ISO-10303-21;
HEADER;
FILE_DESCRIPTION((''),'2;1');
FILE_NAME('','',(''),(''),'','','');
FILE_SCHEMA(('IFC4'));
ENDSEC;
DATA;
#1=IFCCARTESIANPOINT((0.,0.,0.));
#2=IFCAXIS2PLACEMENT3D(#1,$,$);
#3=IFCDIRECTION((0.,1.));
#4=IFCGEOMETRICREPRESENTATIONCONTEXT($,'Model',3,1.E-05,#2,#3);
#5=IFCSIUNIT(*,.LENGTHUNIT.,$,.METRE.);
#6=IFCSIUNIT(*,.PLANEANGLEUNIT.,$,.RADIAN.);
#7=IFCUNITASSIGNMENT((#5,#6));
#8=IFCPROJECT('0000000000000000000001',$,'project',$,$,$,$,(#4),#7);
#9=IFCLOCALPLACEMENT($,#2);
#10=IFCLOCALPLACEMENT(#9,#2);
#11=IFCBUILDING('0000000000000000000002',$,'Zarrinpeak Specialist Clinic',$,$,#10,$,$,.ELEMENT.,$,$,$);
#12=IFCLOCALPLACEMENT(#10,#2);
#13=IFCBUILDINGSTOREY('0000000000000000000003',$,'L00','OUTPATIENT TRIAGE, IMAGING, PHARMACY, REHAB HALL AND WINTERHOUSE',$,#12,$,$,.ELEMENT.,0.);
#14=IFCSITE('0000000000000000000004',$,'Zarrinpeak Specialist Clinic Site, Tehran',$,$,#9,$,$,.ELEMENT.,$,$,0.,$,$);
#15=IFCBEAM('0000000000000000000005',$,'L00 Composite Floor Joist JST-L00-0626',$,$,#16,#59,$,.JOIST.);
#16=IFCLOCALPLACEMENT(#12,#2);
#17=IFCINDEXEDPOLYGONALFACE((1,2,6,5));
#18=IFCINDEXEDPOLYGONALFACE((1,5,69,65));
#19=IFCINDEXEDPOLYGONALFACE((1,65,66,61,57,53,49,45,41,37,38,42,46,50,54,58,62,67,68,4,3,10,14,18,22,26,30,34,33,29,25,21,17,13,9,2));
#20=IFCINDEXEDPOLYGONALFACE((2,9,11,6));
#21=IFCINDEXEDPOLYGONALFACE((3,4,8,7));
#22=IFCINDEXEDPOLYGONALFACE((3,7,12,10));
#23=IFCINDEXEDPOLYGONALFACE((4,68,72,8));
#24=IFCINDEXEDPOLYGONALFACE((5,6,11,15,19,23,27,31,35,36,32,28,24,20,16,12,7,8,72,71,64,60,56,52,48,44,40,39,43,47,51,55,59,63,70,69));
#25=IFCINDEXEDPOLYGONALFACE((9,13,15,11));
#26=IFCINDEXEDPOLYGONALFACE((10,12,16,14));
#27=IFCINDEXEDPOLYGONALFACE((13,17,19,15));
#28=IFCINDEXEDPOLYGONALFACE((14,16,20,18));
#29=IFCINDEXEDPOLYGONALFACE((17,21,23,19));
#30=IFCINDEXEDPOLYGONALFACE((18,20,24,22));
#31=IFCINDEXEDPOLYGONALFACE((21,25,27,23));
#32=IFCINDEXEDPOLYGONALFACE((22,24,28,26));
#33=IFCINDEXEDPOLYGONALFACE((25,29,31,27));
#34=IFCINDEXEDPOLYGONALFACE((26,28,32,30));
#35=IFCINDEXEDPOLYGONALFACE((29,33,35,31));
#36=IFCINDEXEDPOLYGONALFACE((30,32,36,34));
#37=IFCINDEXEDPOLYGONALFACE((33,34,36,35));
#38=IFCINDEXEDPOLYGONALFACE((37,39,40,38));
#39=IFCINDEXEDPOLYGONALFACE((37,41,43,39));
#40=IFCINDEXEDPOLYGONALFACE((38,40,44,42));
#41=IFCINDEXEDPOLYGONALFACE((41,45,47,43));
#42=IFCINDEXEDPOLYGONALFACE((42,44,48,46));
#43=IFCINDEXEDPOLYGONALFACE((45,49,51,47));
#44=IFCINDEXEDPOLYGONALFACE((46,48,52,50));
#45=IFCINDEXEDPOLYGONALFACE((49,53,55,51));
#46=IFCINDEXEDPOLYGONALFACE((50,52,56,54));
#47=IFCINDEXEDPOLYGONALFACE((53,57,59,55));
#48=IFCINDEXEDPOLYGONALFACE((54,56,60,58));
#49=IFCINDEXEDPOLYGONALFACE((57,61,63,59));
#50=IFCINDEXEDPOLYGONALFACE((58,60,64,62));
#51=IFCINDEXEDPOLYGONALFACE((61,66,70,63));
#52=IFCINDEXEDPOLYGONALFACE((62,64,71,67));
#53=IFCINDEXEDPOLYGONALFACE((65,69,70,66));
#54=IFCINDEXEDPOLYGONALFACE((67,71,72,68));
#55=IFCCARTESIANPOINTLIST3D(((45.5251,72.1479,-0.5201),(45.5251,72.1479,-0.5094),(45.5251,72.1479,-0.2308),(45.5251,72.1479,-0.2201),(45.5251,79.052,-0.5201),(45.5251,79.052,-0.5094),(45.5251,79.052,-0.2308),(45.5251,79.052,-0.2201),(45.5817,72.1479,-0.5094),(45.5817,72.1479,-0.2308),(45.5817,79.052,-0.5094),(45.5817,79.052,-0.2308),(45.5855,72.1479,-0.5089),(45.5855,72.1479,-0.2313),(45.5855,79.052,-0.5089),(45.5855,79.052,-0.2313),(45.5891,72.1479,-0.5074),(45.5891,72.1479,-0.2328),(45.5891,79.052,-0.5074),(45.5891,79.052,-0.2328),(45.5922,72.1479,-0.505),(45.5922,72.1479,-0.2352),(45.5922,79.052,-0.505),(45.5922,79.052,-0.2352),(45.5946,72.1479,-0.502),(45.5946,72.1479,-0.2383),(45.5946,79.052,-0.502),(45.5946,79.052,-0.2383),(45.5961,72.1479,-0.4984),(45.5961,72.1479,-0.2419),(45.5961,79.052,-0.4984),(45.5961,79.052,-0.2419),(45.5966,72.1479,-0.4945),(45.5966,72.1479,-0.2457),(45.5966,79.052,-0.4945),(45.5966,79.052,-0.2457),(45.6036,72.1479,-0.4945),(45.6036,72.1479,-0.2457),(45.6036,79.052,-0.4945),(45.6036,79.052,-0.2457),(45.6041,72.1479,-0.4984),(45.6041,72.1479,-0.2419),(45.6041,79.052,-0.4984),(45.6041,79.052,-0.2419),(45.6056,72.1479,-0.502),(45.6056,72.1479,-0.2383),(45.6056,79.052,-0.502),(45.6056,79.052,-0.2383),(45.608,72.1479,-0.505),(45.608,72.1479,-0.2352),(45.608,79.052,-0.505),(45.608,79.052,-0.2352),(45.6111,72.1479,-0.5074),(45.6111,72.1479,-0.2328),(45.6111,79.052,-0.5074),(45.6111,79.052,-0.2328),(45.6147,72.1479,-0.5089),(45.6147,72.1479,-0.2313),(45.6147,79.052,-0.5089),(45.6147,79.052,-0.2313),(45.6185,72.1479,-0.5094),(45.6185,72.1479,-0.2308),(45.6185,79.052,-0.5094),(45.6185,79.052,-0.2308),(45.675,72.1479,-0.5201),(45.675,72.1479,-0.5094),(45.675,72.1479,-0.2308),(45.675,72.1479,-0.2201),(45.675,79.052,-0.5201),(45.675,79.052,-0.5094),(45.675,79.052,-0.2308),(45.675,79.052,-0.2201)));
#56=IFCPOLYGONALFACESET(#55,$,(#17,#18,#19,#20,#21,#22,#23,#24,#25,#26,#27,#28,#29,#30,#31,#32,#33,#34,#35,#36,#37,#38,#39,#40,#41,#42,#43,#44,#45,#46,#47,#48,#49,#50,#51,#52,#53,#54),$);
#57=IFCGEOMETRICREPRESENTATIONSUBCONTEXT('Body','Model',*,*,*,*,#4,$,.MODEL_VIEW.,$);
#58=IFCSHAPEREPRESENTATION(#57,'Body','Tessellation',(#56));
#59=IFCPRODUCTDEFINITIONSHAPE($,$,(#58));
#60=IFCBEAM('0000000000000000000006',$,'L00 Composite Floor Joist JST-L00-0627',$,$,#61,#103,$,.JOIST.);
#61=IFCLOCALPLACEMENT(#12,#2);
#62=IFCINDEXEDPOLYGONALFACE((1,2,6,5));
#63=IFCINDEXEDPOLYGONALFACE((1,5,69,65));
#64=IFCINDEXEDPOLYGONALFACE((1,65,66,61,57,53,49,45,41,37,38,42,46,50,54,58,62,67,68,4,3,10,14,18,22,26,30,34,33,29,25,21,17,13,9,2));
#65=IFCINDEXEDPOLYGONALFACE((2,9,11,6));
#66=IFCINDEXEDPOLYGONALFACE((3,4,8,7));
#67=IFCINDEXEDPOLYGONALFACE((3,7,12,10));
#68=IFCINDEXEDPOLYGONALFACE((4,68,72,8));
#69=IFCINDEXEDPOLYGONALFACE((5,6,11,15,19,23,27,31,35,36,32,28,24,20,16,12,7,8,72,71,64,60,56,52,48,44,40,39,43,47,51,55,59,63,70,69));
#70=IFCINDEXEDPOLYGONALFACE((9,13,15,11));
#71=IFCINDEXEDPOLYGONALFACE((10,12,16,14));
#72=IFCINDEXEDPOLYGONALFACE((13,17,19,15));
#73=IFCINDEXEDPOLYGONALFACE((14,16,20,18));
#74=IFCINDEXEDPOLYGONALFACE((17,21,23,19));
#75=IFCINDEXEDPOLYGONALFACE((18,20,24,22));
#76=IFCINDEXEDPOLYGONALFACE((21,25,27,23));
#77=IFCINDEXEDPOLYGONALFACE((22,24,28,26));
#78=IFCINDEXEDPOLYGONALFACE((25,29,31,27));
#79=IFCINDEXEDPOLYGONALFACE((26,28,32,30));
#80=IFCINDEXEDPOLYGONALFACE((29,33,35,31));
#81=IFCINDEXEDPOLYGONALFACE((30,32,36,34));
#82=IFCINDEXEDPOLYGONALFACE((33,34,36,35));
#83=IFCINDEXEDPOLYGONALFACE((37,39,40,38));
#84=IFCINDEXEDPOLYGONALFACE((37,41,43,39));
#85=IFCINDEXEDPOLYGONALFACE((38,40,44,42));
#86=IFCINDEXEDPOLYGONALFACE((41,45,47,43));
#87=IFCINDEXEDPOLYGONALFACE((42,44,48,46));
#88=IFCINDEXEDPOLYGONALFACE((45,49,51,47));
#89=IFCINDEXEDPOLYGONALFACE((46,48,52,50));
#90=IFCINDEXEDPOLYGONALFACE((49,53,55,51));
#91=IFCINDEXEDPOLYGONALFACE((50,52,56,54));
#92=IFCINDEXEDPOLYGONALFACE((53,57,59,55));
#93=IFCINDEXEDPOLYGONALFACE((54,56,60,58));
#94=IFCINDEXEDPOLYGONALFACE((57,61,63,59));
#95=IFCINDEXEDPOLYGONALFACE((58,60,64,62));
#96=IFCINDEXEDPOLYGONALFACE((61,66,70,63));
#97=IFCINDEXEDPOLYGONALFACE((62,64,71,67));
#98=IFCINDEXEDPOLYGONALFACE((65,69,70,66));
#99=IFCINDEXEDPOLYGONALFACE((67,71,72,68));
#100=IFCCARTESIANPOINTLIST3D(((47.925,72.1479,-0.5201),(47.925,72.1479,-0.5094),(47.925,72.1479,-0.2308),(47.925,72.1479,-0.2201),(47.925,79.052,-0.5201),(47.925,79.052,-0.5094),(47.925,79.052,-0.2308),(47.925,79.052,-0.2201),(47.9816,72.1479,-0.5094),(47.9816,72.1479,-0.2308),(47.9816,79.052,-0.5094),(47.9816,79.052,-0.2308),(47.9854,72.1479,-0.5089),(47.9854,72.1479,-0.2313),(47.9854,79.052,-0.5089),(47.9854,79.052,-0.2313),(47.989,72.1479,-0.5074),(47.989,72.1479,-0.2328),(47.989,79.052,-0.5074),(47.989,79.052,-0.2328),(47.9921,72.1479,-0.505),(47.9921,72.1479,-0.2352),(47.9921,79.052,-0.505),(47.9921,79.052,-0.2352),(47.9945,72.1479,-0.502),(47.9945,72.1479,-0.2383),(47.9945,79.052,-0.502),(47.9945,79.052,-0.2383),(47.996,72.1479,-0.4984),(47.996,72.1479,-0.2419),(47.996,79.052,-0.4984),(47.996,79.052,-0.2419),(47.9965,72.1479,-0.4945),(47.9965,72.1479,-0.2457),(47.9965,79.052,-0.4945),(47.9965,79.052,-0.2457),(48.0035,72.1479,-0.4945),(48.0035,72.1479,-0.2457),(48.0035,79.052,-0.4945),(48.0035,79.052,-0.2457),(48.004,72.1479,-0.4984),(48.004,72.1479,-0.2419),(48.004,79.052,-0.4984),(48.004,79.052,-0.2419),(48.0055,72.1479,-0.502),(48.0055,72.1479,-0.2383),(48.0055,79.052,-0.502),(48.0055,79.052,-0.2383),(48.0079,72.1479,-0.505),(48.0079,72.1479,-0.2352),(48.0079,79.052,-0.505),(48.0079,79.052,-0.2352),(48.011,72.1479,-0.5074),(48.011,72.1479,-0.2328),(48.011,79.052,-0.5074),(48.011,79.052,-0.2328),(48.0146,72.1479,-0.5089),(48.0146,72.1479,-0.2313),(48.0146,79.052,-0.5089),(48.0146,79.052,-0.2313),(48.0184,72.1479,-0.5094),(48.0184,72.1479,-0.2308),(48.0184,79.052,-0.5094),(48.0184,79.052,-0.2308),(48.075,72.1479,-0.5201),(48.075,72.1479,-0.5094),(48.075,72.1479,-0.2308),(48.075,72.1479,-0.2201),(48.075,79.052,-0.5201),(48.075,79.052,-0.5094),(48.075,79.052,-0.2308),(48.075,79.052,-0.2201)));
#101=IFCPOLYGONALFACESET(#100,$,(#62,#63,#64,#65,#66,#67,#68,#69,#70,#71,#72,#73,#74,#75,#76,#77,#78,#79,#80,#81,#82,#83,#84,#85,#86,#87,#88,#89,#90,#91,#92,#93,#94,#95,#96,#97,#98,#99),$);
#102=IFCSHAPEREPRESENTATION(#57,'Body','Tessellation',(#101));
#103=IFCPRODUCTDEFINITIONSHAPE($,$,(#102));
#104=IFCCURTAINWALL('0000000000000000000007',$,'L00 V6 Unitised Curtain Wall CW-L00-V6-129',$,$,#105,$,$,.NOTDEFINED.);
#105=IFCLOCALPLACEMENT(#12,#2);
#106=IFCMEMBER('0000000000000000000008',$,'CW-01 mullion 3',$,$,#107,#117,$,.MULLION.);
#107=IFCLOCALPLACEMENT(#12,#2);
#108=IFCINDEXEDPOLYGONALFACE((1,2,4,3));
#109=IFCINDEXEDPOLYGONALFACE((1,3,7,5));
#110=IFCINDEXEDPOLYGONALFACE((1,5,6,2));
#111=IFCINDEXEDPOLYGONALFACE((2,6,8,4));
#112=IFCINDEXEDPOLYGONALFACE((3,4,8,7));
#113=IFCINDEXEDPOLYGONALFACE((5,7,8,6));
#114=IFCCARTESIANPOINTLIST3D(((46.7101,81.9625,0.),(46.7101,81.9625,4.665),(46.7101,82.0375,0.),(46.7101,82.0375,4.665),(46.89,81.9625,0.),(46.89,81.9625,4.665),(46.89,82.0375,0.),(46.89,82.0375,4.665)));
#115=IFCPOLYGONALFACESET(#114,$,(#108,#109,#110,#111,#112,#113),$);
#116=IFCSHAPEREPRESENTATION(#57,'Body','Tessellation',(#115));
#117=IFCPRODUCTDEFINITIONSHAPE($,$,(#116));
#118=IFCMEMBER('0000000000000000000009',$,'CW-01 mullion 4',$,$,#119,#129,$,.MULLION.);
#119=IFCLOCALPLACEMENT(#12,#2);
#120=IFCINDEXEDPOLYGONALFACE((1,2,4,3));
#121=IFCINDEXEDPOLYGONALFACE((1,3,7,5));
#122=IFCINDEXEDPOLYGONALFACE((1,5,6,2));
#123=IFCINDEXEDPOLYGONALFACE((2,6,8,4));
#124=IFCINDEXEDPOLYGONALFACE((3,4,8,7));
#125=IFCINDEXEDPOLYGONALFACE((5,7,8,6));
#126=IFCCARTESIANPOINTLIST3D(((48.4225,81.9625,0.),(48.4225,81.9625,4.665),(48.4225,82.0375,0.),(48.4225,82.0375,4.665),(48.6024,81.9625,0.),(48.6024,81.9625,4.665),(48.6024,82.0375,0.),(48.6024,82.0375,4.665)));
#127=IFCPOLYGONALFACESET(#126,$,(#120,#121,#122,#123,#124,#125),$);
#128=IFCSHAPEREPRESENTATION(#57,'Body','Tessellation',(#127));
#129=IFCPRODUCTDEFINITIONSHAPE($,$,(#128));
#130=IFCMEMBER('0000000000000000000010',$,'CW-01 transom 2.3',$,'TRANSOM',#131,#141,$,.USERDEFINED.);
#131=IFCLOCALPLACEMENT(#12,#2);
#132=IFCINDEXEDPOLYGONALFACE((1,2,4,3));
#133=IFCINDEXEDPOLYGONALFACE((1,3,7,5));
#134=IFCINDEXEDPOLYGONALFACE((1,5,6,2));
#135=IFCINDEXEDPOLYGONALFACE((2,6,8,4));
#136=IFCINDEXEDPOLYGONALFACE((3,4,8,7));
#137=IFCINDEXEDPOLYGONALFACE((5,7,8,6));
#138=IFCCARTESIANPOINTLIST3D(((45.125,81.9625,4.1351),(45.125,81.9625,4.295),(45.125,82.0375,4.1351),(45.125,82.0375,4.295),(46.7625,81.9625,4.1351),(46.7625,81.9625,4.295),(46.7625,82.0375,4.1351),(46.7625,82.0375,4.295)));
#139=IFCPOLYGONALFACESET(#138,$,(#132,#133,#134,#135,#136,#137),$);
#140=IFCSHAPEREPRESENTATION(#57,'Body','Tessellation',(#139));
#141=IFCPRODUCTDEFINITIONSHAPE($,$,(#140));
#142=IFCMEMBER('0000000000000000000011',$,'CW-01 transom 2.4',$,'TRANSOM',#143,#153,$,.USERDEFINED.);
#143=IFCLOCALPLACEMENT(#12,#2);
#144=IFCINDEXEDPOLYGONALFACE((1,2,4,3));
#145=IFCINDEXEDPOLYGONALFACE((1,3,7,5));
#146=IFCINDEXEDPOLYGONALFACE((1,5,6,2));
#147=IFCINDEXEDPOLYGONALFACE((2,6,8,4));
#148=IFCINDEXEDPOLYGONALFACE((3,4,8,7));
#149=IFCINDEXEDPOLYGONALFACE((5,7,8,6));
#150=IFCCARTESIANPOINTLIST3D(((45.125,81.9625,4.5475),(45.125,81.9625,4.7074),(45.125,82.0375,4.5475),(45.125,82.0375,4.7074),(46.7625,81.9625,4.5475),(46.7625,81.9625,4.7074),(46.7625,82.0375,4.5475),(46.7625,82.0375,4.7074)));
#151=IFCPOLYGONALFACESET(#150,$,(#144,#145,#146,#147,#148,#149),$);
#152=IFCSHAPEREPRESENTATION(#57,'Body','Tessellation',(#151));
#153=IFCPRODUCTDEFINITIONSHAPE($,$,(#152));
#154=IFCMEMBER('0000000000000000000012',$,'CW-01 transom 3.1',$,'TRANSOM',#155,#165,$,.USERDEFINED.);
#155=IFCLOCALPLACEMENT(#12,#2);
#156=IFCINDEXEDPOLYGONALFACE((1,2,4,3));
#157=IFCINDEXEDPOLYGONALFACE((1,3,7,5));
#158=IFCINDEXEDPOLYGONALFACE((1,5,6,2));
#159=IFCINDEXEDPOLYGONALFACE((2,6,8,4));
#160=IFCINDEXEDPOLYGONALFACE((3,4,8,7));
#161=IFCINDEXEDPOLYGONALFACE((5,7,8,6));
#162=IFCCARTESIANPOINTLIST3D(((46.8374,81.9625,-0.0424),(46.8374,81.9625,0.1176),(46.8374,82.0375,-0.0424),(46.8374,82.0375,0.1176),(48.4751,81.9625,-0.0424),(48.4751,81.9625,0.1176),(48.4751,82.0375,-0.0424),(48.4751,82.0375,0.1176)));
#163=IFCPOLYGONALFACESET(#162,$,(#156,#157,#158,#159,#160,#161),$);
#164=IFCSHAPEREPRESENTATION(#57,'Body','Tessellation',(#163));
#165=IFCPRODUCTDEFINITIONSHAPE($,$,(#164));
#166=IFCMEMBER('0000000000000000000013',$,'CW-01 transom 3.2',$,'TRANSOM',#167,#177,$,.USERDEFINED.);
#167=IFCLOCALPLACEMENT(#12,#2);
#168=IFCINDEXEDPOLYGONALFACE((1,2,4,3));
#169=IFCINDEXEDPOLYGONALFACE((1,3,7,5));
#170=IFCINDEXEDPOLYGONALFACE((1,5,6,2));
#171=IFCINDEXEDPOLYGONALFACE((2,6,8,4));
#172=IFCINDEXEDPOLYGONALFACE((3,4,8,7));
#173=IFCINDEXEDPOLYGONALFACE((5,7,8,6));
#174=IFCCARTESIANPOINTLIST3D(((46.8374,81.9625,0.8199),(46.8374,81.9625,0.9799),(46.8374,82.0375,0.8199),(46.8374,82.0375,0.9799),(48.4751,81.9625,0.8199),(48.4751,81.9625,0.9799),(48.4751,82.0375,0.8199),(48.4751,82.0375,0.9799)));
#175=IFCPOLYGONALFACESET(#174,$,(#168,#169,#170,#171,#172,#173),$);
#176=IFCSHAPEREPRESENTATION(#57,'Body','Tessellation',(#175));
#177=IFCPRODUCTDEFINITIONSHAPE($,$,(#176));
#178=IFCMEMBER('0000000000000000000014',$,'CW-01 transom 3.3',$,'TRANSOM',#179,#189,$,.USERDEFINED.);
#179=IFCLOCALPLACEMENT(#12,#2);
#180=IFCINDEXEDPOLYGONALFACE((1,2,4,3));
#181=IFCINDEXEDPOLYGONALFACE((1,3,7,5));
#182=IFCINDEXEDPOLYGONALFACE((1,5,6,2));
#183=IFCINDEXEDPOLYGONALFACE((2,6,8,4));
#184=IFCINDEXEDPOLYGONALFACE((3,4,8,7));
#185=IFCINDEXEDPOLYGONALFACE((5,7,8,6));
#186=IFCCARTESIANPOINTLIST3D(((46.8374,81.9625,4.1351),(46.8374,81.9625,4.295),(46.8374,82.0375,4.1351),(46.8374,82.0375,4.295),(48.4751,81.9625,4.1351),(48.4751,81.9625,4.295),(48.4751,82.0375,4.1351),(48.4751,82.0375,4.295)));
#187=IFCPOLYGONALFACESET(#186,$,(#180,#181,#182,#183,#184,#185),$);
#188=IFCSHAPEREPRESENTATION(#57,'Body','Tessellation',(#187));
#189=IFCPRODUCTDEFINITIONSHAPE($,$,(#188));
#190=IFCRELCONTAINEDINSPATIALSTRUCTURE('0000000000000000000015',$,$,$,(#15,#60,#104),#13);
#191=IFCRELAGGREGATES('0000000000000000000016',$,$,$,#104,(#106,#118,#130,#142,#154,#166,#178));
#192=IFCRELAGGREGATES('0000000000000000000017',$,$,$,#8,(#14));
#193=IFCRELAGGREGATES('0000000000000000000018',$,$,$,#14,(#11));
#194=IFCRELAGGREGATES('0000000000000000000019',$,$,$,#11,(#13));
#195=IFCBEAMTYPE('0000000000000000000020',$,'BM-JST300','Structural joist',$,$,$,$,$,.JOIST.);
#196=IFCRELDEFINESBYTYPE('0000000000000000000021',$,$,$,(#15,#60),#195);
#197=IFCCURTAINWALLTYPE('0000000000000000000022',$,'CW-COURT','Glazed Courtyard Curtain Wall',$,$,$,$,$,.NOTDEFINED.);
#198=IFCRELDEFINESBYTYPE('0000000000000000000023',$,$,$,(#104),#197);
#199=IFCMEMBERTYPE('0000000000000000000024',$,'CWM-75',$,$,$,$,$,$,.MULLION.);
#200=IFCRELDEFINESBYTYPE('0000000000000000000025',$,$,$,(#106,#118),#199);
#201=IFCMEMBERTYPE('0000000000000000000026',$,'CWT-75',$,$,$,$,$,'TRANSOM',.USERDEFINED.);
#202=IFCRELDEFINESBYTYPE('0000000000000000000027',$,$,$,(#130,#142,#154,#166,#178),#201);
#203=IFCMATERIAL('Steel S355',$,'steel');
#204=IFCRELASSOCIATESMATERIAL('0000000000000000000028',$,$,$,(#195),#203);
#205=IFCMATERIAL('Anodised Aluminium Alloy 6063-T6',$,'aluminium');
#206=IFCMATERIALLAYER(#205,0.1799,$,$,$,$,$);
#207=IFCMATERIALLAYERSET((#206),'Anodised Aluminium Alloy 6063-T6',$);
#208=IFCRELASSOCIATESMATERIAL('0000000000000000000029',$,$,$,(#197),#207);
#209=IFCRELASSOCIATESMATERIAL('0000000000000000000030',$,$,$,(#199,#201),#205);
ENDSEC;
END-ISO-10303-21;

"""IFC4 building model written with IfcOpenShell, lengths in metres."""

from ifc_helpers import new_model, si_unit, direction, frame, origin, origin_2d, place, context, subcontext, project, spatial, rectangle, i_section, extrude, material, layer, layer_set, material_profile, profile_set, type_object, element, aggregate, save


model = new_model("IFC4")

# Units and contexts
model_context = context("Model", 3, precision=1e-05, world=origin(), true_north=direction((0.0, 1.0)))
body_context = subcontext(model_context, "Body", "Model", "MODEL_VIEW")
ifc_project = project(units=[si_unit("LENGTHUNIT", "METRE"), si_unit("PLANEANGLEUNIT", "RADIAN")], contexts=[model_context])

# Site, building, storey
site_placement = place(None, origin())
site = spatial("IfcSite", under=ifc_project, at=site_placement, Name="Zarrinpeak Specialist Clinic Site, Tehran", CompositionType="ELEMENT", RefElevation=0.0)
building_placement = place(site_placement, origin())
building = spatial("IfcBuilding", under=site, at=building_placement, Name="Zarrinpeak Specialist Clinic", CompositionType="ELEMENT")
storey_placement = place(building_placement, origin())
storey = spatial("IfcBuildingStorey", under=building, at=storey_placement, Name="L00", Description="OUTPATIENT TRIAGE, IMAGING, PHARMACY, REHAB HALL AND WINTERHOUSE", CompositionType="ELEMENT", Elevation=0.0)

# Beams
ifc_material_1 = material(Name="Steel S355", Category="steel")
ifc_material_profile_1 = material_profile(ifc_material_1, i_section(OverallWidth=0.1499, OverallDepth=0.3, WebThickness=0.0071, FlangeThickness=0.0107, FilletRadius=0.0149, at=origin_2d()), Name="IPE 300")
ifc_profile_set_1 = profile_set([ifc_material_profile_1], Name="Steel S355")
beam_type_1 = type_object("IfcBeamType", Name="BM-JST300", Description="Structural joist", PredefinedType="JOIST", material=ifc_profile_set_1)
for number, where, z_axis, x_axis, name in (
    (1, (45.6001, 72.1479, -0.3701), (0.0, 1.0, 0.0), (-1.0, 0.0, 0.0), "L00 Composite Floor Joist JST-L00-0626"),
    (2, (48.0, 72.1479, -0.3701), (0.0, 1.0, 0.0), (-1.0, 0.0, 0.0), "L00 Composite Floor Joist JST-L00-0627"),
):
    element("IfcBeam", number, at=place(storey_placement, frame(where, z_axis=z_axis, x_axis=x_axis)), inside=storey, type_object=beam_type_1, Name=name, PredefinedType="JOIST", context=body_context, shape_type="SweptSolid", body=[
        extrude(i_section(OverallWidth=0.1499, OverallDepth=0.3, WebThickness=0.0071, FlangeThickness=0.0107, FilletRadius=0.0149, at=origin_2d()), origin(), (0.0, 0.0, 1.0), 6.9041),
    ])

# Curtain wall, members
ifc_material_2 = material(Name="Anodised Aluminium Alloy 6063-T6", Category="aluminium")
ifc_layer_1 = layer(ifc_material_2, 0.1799)
ifc_layer_set_1 = layer_set([ifc_layer_1], Name="Anodised Aluminium Alloy 6063-T6")
curtain_wall_type = type_object("IfcCurtainWallType", Name="CW-COURT", Description="Glazed Courtyard Curtain Wall", PredefinedType="NOTDEFINED", material=ifc_layer_set_1)
curtain_wall_placement = place(storey_placement, origin())
curtain_wall = element("IfcCurtainWall", 3, at=curtain_wall_placement, inside=storey, type_object=curtain_wall_type, Name="L00 V6 Unitised Curtain Wall CW-L00-V6-129", PredefinedType="NOTDEFINED")
ifc_material_profile_2 = material_profile(ifc_material_2, rectangle(XDim=0.075, YDim=0.1799, at=origin_2d()), Name="ALU 75x180")
ifc_profile_set_2 = profile_set([ifc_material_profile_2], Name="Anodised Aluminium Alloy 6063-T6")
member_type_1 = type_object("IfcMemberType", Name="CWM-75", PredefinedType="MULLION", material=ifc_profile_set_2)
member_1_placement = place(storey_placement, frame((46.8, 82.0, 0.0), z_axis=(0.0, 0.0, 1.0), x_axis=(0.0, 1.0, 0.0)))
member_1 = element("IfcMember", 4, at=member_1_placement, type_object=member_type_1, Name="CW-01 mullion 3", PredefinedType="MULLION", context=body_context, shape_type="SweptSolid", body=[
    extrude(rectangle(XDim=0.075, YDim=0.1799, at=origin_2d()), origin(), (0.0, 0.0, 1.0), 4.665),
])
member_2_placement = place(storey_placement, frame((48.5125, 82.0, 0.0), z_axis=(0.0, 0.0, 1.0), x_axis=(0.0, 1.0, 0.0)))
member_2 = element("IfcMember", 5, at=member_2_placement, type_object=member_type_1, Name="CW-01 mullion 4", PredefinedType="MULLION", context=body_context, shape_type="SweptSolid", body=[
    extrude(rectangle(XDim=0.075, YDim=0.1799, at=origin_2d()), origin(), (0.0, 0.0, 1.0), 4.665),
])
ifc_material_profile_3 = material_profile(ifc_material_2, rectangle(XDim=0.075, YDim=0.1599, at=origin_2d()), Name="ALU 75x160")
ifc_profile_set_3 = profile_set([ifc_material_profile_3], Name="Anodised Aluminium Alloy 6063-T6")
member_type_2 = type_object("IfcMemberType", Name="CWT-75", ElementType="TRANSOM", PredefinedType="USERDEFINED", material=ifc_profile_set_3)
member_3_placement = place(storey_placement, frame((45.125, 82.0, 4.2151), z_axis=(1.0, 0.0, 0.0), x_axis=(0.0, 1.0, 0.0)))
member_3 = element("IfcMember", 6, at=member_3_placement, type_object=member_type_2, Name="CW-01 transom 2.3", ObjectType="TRANSOM", PredefinedType="USERDEFINED", context=body_context, shape_type="SweptSolid", body=[
    extrude(rectangle(XDim=0.075, YDim=0.1599, at=origin_2d()), origin(), (0.0, 0.0, 1.0), 1.6375),
])
member_4_placement = place(storey_placement, frame((45.125, 82.0, 4.6274), z_axis=(1.0, 0.0, 0.0), x_axis=(0.0, 1.0, 0.0)))
member_4 = element("IfcMember", 7, at=member_4_placement, type_object=member_type_2, Name="CW-01 transom 2.4", ObjectType="TRANSOM", PredefinedType="USERDEFINED", context=body_context, shape_type="SweptSolid", body=[
    extrude(rectangle(XDim=0.075, YDim=0.1599, at=origin_2d()), origin(), (0.0, 0.0, 1.0), 1.6375),
])
member_5_placement = place(storey_placement, frame((46.8374, 82.0, 0.0376), z_axis=(1.0, 0.0, 0.0), x_axis=(0.0, 1.0, 0.0)))
member_5 = element("IfcMember", 8, at=member_5_placement, type_object=member_type_2, Name="CW-01 transom 3.1", ObjectType="TRANSOM", PredefinedType="USERDEFINED", context=body_context, shape_type="SweptSolid", body=[
    extrude(rectangle(XDim=0.075, YDim=0.1599, at=origin_2d()), origin(), (0.0, 0.0, 1.0), 1.6377),
])
member_6_placement = place(storey_placement, frame((46.8374, 82.0, 0.8999), z_axis=(1.0, 0.0, 0.0), x_axis=(0.0, 1.0, 0.0)))
member_6 = element("IfcMember", 9, at=member_6_placement, type_object=member_type_2, Name="CW-01 transom 3.2", ObjectType="TRANSOM", PredefinedType="USERDEFINED", context=body_context, shape_type="SweptSolid", body=[
    extrude(rectangle(XDim=0.075, YDim=0.1599, at=origin_2d()), origin(), (0.0, 0.0, 1.0), 1.6377),
])
member_7_placement = place(storey_placement, frame((46.8374, 82.0, 4.2151), z_axis=(1.0, 0.0, 0.0), x_axis=(0.0, 1.0, 0.0)))
member_7 = element("IfcMember", 10, at=member_7_placement, type_object=member_type_2, Name="CW-01 transom 3.3", ObjectType="TRANSOM", PredefinedType="USERDEFINED", context=body_context, shape_type="SweptSolid", body=[
    extrude(rectangle(XDim=0.075, YDim=0.1599, at=origin_2d()), origin(), (0.0, 0.0, 1.0), 1.6377),
])
aggregate(curtain_wall, [member_1, member_2, member_3, member_4, member_5, member_6, member_7])

save(model, "model.ifc")
